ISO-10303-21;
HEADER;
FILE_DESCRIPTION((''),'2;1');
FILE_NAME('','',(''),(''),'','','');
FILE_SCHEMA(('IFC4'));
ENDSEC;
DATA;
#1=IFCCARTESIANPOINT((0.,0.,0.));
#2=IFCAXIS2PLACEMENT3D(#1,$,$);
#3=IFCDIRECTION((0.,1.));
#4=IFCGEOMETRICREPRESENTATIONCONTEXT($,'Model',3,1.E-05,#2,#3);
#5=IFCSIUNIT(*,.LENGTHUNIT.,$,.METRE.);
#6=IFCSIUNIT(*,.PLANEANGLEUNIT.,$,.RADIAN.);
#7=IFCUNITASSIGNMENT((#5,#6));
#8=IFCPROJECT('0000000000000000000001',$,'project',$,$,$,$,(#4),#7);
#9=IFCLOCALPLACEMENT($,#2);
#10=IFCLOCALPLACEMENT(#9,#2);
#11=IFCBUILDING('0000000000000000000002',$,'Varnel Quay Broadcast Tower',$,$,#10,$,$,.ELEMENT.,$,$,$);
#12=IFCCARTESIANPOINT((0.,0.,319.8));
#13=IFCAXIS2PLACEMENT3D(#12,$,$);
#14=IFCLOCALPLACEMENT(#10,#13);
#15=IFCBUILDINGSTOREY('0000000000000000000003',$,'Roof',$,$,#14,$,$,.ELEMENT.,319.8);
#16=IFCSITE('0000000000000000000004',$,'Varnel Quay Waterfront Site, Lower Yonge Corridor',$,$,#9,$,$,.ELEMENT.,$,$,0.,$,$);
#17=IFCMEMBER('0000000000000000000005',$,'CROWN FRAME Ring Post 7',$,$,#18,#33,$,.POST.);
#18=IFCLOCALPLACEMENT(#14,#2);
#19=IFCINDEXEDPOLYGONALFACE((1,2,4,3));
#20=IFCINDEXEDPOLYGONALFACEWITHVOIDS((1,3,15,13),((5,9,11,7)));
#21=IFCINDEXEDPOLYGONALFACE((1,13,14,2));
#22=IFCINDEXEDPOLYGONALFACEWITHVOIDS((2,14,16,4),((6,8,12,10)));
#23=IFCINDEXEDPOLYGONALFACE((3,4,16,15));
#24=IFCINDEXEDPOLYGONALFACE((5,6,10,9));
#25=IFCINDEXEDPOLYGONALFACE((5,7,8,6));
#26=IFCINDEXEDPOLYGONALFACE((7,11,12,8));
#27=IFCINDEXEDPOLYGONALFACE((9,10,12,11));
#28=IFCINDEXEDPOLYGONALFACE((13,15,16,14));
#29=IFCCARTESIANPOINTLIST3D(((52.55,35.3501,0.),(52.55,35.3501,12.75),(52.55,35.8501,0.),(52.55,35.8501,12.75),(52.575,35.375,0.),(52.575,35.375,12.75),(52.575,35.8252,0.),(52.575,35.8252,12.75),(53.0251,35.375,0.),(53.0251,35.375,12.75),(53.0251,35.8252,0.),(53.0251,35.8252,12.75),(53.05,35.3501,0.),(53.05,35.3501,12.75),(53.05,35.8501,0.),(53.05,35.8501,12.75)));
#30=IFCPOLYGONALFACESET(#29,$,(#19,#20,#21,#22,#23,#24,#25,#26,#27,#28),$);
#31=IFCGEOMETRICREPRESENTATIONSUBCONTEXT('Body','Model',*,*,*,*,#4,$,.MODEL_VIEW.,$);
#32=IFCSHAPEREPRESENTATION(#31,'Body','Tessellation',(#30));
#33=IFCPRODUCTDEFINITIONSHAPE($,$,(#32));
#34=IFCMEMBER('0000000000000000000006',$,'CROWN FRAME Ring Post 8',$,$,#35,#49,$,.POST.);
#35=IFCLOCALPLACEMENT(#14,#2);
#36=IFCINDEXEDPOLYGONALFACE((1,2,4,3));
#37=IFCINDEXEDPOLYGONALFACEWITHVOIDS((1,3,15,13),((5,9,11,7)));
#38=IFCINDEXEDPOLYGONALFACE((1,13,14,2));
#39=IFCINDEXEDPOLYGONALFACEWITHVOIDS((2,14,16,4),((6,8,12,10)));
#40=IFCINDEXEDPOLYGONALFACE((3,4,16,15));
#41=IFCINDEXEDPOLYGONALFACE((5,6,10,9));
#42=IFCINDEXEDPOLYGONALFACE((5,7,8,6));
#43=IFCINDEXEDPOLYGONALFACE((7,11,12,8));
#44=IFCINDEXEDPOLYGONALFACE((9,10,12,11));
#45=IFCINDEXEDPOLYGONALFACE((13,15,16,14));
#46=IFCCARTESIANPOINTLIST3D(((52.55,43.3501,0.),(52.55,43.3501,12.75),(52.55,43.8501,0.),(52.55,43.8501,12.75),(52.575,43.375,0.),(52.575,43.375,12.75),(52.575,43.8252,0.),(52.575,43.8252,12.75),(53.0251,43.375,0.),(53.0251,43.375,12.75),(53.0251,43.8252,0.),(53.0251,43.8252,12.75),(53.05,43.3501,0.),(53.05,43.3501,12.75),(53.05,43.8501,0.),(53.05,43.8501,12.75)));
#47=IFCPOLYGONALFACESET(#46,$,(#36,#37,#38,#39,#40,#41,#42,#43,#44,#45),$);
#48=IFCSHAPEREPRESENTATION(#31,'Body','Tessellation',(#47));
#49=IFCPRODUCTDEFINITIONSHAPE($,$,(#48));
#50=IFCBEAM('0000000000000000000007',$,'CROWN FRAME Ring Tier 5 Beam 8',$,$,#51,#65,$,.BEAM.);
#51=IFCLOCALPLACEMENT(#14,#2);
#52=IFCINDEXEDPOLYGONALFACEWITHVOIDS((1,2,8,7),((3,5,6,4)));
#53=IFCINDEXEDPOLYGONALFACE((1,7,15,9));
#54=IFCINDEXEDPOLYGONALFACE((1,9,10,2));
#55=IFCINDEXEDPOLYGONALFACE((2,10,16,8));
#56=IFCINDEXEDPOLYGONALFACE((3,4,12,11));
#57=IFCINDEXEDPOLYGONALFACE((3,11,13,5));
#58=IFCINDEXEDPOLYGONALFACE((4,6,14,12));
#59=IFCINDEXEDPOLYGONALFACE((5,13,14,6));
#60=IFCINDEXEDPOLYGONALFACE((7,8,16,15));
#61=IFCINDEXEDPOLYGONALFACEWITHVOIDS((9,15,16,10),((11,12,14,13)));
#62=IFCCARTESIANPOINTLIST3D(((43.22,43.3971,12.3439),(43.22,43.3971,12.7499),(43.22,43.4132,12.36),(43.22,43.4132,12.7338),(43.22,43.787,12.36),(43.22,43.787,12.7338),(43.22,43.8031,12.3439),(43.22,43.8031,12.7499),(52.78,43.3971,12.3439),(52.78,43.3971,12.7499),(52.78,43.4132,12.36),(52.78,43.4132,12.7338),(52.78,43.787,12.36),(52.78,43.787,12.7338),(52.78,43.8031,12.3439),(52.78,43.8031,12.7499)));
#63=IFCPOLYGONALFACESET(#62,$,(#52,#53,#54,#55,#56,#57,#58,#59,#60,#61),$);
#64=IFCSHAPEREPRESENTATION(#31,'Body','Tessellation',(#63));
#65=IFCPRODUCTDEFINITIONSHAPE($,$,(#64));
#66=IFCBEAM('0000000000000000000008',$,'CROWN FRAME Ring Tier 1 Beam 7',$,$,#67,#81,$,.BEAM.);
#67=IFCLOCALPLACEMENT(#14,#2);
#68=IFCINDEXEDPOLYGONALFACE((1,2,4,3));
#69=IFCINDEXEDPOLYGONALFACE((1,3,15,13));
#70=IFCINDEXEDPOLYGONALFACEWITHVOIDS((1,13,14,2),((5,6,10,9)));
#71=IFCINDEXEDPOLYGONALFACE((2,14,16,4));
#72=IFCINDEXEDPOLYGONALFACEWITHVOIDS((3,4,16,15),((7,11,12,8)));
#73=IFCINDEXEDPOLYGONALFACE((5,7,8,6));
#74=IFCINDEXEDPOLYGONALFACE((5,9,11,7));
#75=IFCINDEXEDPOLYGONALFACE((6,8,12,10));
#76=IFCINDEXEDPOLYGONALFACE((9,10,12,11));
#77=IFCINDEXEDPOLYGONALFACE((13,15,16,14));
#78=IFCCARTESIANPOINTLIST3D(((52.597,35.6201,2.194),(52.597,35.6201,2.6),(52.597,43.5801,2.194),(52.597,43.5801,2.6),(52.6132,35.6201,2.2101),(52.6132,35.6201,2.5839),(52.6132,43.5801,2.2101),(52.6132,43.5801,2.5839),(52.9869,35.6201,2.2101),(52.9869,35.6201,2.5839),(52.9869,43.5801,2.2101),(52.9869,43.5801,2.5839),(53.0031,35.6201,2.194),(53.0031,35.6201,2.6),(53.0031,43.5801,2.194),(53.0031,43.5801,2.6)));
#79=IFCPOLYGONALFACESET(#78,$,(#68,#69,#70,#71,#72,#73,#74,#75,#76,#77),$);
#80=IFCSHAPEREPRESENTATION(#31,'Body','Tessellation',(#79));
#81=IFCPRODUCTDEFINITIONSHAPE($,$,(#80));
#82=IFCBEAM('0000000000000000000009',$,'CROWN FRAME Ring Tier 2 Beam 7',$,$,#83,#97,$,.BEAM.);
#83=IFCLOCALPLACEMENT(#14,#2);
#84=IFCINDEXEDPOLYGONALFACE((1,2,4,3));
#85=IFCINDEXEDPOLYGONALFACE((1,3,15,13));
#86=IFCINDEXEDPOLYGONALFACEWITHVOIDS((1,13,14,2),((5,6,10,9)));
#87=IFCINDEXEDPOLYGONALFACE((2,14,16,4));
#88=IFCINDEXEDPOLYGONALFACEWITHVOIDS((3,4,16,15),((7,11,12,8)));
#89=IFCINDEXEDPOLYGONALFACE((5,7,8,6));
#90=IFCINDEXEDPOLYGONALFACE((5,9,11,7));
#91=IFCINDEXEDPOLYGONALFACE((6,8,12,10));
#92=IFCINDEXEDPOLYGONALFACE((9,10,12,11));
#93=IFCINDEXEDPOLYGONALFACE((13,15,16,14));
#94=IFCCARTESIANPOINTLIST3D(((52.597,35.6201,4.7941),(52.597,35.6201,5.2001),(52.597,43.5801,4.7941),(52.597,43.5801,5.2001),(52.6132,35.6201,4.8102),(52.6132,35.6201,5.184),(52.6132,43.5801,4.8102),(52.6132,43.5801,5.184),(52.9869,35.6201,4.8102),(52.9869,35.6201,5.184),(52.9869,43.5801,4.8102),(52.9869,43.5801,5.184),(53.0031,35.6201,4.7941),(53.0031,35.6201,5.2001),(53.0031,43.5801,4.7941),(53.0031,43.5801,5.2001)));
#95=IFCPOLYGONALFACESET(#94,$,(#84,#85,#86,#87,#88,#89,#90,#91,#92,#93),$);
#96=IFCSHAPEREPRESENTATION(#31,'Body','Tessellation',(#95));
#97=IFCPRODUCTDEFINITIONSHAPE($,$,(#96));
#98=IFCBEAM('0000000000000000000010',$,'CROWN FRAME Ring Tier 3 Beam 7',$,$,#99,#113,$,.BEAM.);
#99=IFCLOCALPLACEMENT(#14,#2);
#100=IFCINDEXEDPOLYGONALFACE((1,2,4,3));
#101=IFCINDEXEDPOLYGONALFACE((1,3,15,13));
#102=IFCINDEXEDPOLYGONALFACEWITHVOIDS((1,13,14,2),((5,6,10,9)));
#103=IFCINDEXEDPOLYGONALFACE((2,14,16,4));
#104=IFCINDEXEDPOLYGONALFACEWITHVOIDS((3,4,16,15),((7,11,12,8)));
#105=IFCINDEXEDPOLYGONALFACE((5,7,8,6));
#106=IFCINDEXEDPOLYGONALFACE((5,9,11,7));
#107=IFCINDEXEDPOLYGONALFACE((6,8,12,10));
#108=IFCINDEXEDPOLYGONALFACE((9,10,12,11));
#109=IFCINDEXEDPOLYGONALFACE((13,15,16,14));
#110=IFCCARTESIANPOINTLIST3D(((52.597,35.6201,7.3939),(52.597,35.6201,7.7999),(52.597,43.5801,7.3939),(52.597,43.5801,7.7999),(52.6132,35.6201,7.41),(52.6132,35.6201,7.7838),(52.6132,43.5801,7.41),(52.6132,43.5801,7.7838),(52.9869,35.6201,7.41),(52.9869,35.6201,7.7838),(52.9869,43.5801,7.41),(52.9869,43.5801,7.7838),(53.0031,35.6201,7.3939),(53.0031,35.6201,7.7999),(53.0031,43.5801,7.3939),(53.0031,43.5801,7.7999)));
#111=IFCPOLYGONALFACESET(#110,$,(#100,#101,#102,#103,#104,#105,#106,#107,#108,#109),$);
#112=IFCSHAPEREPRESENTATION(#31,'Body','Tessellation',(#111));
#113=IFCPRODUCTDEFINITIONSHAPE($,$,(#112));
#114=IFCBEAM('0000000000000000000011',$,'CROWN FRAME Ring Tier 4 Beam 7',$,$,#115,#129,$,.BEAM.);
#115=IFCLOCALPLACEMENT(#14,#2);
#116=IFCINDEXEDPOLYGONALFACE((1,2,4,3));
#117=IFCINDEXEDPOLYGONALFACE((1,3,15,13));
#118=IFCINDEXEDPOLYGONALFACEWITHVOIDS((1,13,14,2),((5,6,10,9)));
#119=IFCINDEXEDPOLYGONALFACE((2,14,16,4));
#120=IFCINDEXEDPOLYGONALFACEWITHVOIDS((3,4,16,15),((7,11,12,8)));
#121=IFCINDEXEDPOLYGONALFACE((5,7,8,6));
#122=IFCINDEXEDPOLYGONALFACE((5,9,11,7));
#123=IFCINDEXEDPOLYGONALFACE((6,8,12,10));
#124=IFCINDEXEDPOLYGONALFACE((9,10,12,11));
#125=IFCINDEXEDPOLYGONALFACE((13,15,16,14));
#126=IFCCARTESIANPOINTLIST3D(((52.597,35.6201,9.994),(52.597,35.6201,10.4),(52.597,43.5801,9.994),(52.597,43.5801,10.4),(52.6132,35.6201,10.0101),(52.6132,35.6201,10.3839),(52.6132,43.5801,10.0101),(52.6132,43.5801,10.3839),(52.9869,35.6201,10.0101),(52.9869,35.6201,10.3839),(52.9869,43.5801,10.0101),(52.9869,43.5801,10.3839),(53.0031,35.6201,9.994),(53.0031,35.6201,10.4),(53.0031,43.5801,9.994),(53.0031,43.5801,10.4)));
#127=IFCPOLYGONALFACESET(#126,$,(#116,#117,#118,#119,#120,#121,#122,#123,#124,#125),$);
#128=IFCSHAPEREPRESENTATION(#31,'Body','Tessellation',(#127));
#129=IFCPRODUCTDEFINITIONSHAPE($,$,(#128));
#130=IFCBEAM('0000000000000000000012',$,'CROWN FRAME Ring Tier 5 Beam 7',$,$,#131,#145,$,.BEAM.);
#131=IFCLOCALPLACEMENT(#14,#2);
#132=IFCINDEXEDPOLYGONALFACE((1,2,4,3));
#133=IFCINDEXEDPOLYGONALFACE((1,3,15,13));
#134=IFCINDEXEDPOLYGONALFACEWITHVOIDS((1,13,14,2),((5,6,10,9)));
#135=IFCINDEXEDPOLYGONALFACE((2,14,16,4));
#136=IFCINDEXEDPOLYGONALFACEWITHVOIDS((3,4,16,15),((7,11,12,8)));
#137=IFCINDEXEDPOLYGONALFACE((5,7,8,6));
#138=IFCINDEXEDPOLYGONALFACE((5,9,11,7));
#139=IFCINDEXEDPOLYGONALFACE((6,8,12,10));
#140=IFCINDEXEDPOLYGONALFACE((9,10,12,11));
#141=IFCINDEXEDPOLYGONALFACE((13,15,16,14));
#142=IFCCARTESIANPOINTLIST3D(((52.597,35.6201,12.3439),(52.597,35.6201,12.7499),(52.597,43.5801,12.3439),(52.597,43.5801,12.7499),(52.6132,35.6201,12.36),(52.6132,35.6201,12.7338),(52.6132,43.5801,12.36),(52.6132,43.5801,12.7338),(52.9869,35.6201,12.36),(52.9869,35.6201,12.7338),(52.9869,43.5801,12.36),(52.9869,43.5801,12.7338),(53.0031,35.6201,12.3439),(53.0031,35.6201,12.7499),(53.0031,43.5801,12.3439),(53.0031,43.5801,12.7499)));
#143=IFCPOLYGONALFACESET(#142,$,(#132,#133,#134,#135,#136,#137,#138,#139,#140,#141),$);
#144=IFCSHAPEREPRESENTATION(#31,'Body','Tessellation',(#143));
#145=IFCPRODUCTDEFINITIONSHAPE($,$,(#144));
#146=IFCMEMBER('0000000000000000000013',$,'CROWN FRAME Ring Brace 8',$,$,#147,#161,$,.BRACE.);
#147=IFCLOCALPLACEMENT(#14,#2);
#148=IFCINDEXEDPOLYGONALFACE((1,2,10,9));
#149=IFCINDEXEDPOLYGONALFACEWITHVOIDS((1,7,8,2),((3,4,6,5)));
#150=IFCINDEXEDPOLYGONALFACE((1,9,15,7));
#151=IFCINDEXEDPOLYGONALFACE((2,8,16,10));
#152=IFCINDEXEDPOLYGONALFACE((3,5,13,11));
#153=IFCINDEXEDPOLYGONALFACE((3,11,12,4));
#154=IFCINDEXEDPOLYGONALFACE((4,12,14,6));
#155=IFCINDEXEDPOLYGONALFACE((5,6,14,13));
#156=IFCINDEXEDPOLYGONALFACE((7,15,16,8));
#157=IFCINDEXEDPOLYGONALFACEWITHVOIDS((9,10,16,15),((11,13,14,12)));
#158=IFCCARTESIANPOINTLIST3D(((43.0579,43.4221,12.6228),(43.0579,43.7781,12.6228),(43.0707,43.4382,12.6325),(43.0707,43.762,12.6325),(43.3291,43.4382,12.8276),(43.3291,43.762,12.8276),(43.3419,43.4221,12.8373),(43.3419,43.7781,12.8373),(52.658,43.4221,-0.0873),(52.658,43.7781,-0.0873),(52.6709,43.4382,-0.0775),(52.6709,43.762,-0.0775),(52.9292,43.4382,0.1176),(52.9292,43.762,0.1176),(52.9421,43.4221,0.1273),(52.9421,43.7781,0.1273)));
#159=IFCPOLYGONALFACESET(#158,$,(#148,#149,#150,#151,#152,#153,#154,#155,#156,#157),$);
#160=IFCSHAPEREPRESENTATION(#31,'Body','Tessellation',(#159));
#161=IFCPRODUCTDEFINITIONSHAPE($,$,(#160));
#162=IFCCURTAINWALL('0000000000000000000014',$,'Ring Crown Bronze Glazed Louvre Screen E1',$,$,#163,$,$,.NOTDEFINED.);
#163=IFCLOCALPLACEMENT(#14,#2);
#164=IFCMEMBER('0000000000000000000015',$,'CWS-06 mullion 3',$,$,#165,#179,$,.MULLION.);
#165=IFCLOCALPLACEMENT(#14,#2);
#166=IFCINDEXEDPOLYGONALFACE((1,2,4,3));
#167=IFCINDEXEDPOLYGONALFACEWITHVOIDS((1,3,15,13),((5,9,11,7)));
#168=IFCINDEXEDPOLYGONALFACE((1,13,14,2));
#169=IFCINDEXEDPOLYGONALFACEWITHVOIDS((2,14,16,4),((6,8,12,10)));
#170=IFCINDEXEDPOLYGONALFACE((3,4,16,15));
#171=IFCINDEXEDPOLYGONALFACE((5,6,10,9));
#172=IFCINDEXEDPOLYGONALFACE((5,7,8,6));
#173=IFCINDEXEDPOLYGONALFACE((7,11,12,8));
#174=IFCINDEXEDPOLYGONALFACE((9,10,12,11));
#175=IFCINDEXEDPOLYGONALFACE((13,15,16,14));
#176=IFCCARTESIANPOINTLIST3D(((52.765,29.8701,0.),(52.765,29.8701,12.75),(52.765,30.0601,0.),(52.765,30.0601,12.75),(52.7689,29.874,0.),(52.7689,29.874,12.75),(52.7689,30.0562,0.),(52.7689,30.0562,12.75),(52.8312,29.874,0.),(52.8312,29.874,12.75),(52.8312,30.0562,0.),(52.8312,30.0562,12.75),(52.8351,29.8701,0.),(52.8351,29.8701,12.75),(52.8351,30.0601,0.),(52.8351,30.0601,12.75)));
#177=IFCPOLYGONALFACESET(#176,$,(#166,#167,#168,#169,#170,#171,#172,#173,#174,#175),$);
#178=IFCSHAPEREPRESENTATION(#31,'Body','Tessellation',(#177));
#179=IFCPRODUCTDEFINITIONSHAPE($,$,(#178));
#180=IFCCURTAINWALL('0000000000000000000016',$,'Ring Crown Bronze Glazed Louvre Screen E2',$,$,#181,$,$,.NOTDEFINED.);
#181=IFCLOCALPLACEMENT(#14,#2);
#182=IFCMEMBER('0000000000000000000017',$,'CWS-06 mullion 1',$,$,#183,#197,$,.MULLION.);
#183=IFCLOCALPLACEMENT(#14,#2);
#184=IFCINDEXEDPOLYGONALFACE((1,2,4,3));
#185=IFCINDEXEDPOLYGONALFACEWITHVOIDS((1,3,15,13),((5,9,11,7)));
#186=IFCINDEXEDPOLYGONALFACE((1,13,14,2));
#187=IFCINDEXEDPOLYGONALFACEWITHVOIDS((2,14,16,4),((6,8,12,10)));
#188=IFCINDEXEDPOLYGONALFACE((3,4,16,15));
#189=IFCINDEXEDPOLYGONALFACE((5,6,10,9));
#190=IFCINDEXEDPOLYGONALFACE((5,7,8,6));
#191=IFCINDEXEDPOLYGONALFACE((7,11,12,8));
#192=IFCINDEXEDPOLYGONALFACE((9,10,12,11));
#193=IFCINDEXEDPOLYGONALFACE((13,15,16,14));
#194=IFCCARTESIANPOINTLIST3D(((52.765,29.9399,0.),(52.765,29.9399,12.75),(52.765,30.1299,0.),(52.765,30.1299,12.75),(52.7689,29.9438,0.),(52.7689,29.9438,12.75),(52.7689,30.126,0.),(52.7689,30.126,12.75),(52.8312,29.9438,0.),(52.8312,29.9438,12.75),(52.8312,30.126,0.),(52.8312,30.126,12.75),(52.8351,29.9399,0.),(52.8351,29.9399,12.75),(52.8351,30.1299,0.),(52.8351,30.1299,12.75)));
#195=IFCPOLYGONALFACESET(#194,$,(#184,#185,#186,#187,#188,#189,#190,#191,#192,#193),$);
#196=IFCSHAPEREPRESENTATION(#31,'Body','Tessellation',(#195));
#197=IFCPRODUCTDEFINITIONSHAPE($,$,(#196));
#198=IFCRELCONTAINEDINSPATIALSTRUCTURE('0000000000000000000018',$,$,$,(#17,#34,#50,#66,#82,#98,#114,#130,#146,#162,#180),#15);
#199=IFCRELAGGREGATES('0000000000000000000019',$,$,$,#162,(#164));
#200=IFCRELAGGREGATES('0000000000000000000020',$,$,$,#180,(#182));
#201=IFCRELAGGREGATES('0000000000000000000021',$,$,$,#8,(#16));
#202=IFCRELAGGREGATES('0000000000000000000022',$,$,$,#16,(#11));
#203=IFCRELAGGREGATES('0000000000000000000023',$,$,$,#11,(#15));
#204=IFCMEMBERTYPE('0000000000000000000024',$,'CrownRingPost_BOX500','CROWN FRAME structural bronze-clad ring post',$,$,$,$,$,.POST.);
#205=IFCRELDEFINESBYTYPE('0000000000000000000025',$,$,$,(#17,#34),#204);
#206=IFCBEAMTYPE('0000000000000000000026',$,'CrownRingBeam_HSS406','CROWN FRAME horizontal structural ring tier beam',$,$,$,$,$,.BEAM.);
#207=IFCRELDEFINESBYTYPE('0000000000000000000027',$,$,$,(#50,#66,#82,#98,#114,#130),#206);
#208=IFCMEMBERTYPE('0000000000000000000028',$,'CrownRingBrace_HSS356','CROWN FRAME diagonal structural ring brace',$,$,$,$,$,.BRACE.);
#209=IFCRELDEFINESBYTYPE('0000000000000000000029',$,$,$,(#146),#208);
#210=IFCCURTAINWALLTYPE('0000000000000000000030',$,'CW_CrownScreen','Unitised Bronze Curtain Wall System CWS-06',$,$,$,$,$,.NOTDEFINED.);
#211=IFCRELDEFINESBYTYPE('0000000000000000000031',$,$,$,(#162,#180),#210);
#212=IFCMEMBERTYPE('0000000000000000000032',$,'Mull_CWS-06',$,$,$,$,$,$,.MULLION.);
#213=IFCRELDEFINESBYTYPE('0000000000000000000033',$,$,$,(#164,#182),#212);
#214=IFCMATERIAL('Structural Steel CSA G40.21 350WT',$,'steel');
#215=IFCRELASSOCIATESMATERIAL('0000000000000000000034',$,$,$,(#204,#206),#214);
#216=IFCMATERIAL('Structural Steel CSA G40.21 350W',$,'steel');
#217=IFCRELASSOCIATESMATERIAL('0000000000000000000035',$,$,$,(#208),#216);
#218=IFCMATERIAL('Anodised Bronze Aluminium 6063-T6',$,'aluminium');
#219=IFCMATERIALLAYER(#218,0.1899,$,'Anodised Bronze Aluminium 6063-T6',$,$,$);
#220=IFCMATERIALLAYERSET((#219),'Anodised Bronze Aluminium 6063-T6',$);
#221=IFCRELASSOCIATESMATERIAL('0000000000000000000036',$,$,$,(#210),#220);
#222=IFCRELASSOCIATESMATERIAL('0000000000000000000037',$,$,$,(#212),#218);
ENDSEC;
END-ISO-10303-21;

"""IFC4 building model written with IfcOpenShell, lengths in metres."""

from ifc_helpers import new_model, si_unit, direction, frame, origin, origin_2d, place, context, subcontext, project, spatial, hollow_rectangle, extrude, source, transform, mapped, material, layer, layer_set, material_profile, profile_set, type_object, type_shapes, element, aggregate, save


model = new_model("IFC4")

# Units and contexts
model_context = context("Model", 3, precision=1e-05, world=origin(), true_north=direction((0.0, 1.0)))
body_context = subcontext(model_context, "Body", "Model", "MODEL_VIEW")
ifc_project = project(units=[si_unit("LENGTHUNIT", "METRE"), si_unit("PLANEANGLEUNIT", "RADIAN")], contexts=[model_context])

# Site, building, storey
site_placement = place(None, origin())
site = spatial("IfcSite", under=ifc_project, at=site_placement, Name="Varnel Quay Waterfront Site, Lower Yonge Corridor", CompositionType="ELEMENT", RefElevation=0.0)
building_placement = place(site_placement, origin())
building = spatial("IfcBuilding", under=site, at=building_placement, Name="Varnel Quay Broadcast Tower", CompositionType="ELEMENT")
storey_placement = place(building_placement, frame((0.0, 0.0, 319.8)))
storey = spatial("IfcBuildingStorey", under=building, at=storey_placement, Name="Roof", CompositionType="ELEMENT", Elevation=319.8)

# Members
ifc_material_1 = material(Name="Structural Steel CSA G40.21 350WT", Category="steel")
ifc_material_profile_1 = material_profile(ifc_material_1, hollow_rectangle(XDim=0.5, YDim=0.5, WallThickness=0.0249, at=origin_2d()), Name="BOX500X500X25")
ifc_profile_set_1 = profile_set([ifc_material_profile_1], Name="Structural Steel CSA G40.21 350WT")
member_type_1 = type_object("IfcMemberType", Name="CrownRingPost_BOX500", Description="CROWN FRAME structural bronze-clad ring post", PredefinedType="POST", material=ifc_profile_set_1)
shared_shape_1 = source(origin(), body_context, "Body", "SweptSolid", [
    extrude(hollow_rectangle(XDim=0.5, YDim=0.5, WallThickness=0.0249, at=origin_2d()), origin(), (0.0, 0.0, 1.0), 12.75),
])
type_shapes(member_type_1, [shared_shape_1])
for number, where, z_axis, x_axis, name in (
    (1, (52.8, 35.6001, 0.0), (0.0, 0.0, 1.0), (1.0, 0.0, 0.0), "CROWN FRAME Ring Post 7"),
    (2, (52.8, 43.6001, 0.0), (0.0, 0.0, 1.0), (1.0, 0.0, 0.0), "CROWN FRAME Ring Post 8"),
):
    element("IfcMember", number, at=place(storey_placement, frame(where, z_axis=z_axis, x_axis=x_axis)), inside=storey, type_object=member_type_1, Name=name, PredefinedType="POST", context=body_context, shape_type="MappedRepresentation", body=[
        mapped(shared_shape_1, transform((0.0, 0.0, 0.0), x_axis=(1.0, 0.0, 0.0), y_axis=(0.0, 1.0, 0.0), z_axis=(0.0, 0.0, 1.0), scale=1.0)),
    ])

# Beams
ifc_material_profile_2 = material_profile(ifc_material_1, hollow_rectangle(XDim=0.406, YDim=0.406, WallThickness=0.0161, at=origin_2d()), Name="HSS406X406X16")
ifc_profile_set_2 = profile_set([ifc_material_profile_2], Name="Structural Steel CSA G40.21 350WT")
beam_type = type_object("IfcBeamType", Name="CrownRingBeam_HSS406", Description="CROWN FRAME horizontal structural ring tier beam", PredefinedType="BEAM", material=ifc_profile_set_2)
shared_shape_2 = source(origin(), body_context, "Body", "SweptSolid", [
    extrude(hollow_rectangle(XDim=0.406, YDim=0.406, WallThickness=0.0161, at=origin_2d()), origin(), (0.0, 0.0, 1.0), 9.5601),
])
beam_placement = place(storey_placement, frame((52.78, 43.6001, 12.5469), z_axis=(-1.0, 0.0, 0.0), x_axis=(0.0, -1.0, 0.0)))
element("IfcBeam", 3, at=beam_placement, inside=storey, type_object=beam_type, Name="CROWN FRAME Ring Tier 5 Beam 8", PredefinedType="BEAM", context=body_context, shape_type="MappedRepresentation", body=[
    mapped(shared_shape_2, transform((0.0, 0.0, 0.0), x_axis=(1.0, 0.0, 0.0), y_axis=(0.0, 1.0, 0.0), z_axis=(0.0, 0.0, 1.0), scale=1.0)),
])
shared_shape_3 = source(origin(), body_context, "Body", "SweptSolid", [
    extrude(hollow_rectangle(XDim=0.406, YDim=0.406, WallThickness=0.0161, at=origin_2d()), origin(), (0.0, 0.0, 1.0), 7.96),
])
type_shapes(beam_type, [shared_shape_2, shared_shape_3])
for number, where, z_axis, x_axis, name in (
    (4, (52.8, 35.6201, 2.397), (0.0, 1.0, 0.0), (-1.0, 0.0, 0.0), "CROWN FRAME Ring Tier 1 Beam 7"),
    (5, (52.8, 35.6201, 4.9971), (0.0, 1.0, 0.0), (-1.0, 0.0, 0.0), "CROWN FRAME Ring Tier 2 Beam 7"),
    (6, (52.8, 35.6201, 7.5969), (0.0, 1.0, 0.0), (-1.0, 0.0, 0.0), "CROWN FRAME Ring Tier 3 Beam 7"),
    (7, (52.8, 35.6201, 10.197), (0.0, 1.0, 0.0), (-1.0, 0.0, 0.0), "CROWN FRAME Ring Tier 4 Beam 7"),
    (8, (52.8, 35.6201, 12.5469), (0.0, 1.0, 0.0), (-1.0, 0.0, 0.0), "CROWN FRAME Ring Tier 5 Beam 7"),
):
    element("IfcBeam", number, at=place(storey_placement, frame(where, z_axis=z_axis, x_axis=x_axis)), inside=storey, type_object=beam_type, Name=name, PredefinedType="BEAM", context=body_context, shape_type="MappedRepresentation", body=[
        mapped(shared_shape_3, transform((0.0, 0.0, 0.0), x_axis=(1.0, 0.0, 0.0), y_axis=(0.0, 1.0, 0.0), z_axis=(0.0, 0.0, 1.0), scale=1.0)),
    ])

# Member
ifc_material_2 = material(Name="Structural Steel CSA G40.21 350W", Category="steel")
ifc_material_profile_3 = material_profile(ifc_material_2, hollow_rectangle(XDim=0.356, YDim=0.356, WallThickness=0.0161, at=origin_2d()), Name="HSS356X356X16")
ifc_profile_set_3 = profile_set([ifc_material_profile_3], Name="Structural Steel CSA G40.21 350W")
member_type_2 = type_object("IfcMemberType", Name="CrownRingBrace_HSS356", Description="CROWN FRAME diagonal structural ring brace", PredefinedType="BRACE", material=ifc_profile_set_3)
shared_shape_4 = source(origin(), body_context, "Body", "SweptSolid", [
    extrude(hollow_rectangle(XDim=0.356, YDim=0.356, WallThickness=0.0161, at=origin_2d()), origin(), (0.0, 0.0, 1.0), 15.9282),
])
type_shapes(member_type_2, [shared_shape_4])
member_1_placement = place(storey_placement, frame((52.8, 43.6001, 0.02), z_axis=(-0.602714, 0.0, 0.797957), x_axis=(0.0, -1.0, 0.0)))
element("IfcMember", 9, at=member_1_placement, inside=storey, type_object=member_type_2, Name="CROWN FRAME Ring Brace 8", PredefinedType="BRACE", context=body_context, shape_type="MappedRepresentation", body=[
    mapped(shared_shape_4, transform((0.0, 0.0, 0.0), x_axis=(1.0, 0.0, 0.0), y_axis=(0.0, 1.0, 0.0), z_axis=(0.0, 0.0, 1.0), scale=1.0)),
])

# Curtain wall, member
ifc_material_3 = material(Name="Anodised Bronze Aluminium 6063-T6", Category="aluminium")
ifc_layer_1 = layer(ifc_material_3, 0.1899, Name="Anodised Bronze Aluminium 6063-T6")
ifc_layer_set_1 = layer_set([ifc_layer_1], Name="Anodised Bronze Aluminium 6063-T6")
curtain_wall_type = type_object("IfcCurtainWallType", Name="CW_CrownScreen", Description="Unitised Bronze Curtain Wall System CWS-06", PredefinedType="NOTDEFINED", material=ifc_layer_set_1)
curtain_wall_1_placement = place(storey_placement, origin())
curtain_wall_1 = element("IfcCurtainWall", 10, at=curtain_wall_1_placement, inside=storey, type_object=curtain_wall_type, Name="Ring Crown Bronze Glazed Louvre Screen E1", PredefinedType="NOTDEFINED")
ifc_material_profile_4 = material_profile(ifc_material_3, hollow_rectangle(XDim=0.0701, YDim=0.1899, WallThickness=0.0039, at=origin_2d()), Name="ALU70X190X4")
ifc_profile_set_4 = profile_set([ifc_material_profile_4], Name="Anodised Bronze Aluminium 6063-T6")
member_type_3 = type_object("IfcMemberType", Name="Mull_CWS-06", PredefinedType="MULLION", material=ifc_profile_set_4)
shared_shape_5 = source(origin(), body_context, "Body", "SweptSolid", [
    extrude(hollow_rectangle(XDim=0.0701, YDim=0.1899, WallThickness=0.0039, at=origin_2d()), origin(), (0.0, 0.0, 1.0), 12.75),
])
type_shapes(member_type_3, [shared_shape_5])
member_2_placement = place(storey_placement, frame((52.8, 29.9651, 0.0), z_axis=(0.0, 0.0, 1.0), x_axis=(-1.0, 0.0, 0.0)))
member_2 = element("IfcMember", 11, at=member_2_placement, type_object=member_type_3, Name="CWS-06 mullion 3", PredefinedType="MULLION", context=body_context, shape_type="MappedRepresentation", body=[
    mapped(shared_shape_5, transform((0.0, 0.0, 0.0), x_axis=(1.0, 0.0, 0.0), y_axis=(0.0, 1.0, 0.0), z_axis=(0.0, 0.0, 1.0), scale=1.0)),
])

# Curtain wall, member
curtain_wall_2_placement = place(storey_placement, origin())
curtain_wall_2 = element("IfcCurtainWall", 12, at=curtain_wall_2_placement, inside=storey, type_object=curtain_wall_type, Name="Ring Crown Bronze Glazed Louvre Screen E2", PredefinedType="NOTDEFINED")
member_3_placement = place(storey_placement, frame((52.8, 30.0349, 0.0), z_axis=(0.0, 0.0, 1.0), x_axis=(-1.0, 0.0, 0.0)))
member_3 = element("IfcMember", 13, at=member_3_placement, type_object=member_type_3, Name="CWS-06 mullion 1", PredefinedType="MULLION", context=body_context, shape_type="MappedRepresentation", body=[
    mapped(shared_shape_5, transform((0.0, 0.0, 0.0), x_axis=(1.0, 0.0, 0.0), y_axis=(0.0, 1.0, 0.0), z_axis=(0.0, 0.0, 1.0), scale=1.0)),
])

aggregate(curtain_wall_1, [member_2])
aggregate(curtain_wall_2, [member_3])

save(model, "model.ifc")
